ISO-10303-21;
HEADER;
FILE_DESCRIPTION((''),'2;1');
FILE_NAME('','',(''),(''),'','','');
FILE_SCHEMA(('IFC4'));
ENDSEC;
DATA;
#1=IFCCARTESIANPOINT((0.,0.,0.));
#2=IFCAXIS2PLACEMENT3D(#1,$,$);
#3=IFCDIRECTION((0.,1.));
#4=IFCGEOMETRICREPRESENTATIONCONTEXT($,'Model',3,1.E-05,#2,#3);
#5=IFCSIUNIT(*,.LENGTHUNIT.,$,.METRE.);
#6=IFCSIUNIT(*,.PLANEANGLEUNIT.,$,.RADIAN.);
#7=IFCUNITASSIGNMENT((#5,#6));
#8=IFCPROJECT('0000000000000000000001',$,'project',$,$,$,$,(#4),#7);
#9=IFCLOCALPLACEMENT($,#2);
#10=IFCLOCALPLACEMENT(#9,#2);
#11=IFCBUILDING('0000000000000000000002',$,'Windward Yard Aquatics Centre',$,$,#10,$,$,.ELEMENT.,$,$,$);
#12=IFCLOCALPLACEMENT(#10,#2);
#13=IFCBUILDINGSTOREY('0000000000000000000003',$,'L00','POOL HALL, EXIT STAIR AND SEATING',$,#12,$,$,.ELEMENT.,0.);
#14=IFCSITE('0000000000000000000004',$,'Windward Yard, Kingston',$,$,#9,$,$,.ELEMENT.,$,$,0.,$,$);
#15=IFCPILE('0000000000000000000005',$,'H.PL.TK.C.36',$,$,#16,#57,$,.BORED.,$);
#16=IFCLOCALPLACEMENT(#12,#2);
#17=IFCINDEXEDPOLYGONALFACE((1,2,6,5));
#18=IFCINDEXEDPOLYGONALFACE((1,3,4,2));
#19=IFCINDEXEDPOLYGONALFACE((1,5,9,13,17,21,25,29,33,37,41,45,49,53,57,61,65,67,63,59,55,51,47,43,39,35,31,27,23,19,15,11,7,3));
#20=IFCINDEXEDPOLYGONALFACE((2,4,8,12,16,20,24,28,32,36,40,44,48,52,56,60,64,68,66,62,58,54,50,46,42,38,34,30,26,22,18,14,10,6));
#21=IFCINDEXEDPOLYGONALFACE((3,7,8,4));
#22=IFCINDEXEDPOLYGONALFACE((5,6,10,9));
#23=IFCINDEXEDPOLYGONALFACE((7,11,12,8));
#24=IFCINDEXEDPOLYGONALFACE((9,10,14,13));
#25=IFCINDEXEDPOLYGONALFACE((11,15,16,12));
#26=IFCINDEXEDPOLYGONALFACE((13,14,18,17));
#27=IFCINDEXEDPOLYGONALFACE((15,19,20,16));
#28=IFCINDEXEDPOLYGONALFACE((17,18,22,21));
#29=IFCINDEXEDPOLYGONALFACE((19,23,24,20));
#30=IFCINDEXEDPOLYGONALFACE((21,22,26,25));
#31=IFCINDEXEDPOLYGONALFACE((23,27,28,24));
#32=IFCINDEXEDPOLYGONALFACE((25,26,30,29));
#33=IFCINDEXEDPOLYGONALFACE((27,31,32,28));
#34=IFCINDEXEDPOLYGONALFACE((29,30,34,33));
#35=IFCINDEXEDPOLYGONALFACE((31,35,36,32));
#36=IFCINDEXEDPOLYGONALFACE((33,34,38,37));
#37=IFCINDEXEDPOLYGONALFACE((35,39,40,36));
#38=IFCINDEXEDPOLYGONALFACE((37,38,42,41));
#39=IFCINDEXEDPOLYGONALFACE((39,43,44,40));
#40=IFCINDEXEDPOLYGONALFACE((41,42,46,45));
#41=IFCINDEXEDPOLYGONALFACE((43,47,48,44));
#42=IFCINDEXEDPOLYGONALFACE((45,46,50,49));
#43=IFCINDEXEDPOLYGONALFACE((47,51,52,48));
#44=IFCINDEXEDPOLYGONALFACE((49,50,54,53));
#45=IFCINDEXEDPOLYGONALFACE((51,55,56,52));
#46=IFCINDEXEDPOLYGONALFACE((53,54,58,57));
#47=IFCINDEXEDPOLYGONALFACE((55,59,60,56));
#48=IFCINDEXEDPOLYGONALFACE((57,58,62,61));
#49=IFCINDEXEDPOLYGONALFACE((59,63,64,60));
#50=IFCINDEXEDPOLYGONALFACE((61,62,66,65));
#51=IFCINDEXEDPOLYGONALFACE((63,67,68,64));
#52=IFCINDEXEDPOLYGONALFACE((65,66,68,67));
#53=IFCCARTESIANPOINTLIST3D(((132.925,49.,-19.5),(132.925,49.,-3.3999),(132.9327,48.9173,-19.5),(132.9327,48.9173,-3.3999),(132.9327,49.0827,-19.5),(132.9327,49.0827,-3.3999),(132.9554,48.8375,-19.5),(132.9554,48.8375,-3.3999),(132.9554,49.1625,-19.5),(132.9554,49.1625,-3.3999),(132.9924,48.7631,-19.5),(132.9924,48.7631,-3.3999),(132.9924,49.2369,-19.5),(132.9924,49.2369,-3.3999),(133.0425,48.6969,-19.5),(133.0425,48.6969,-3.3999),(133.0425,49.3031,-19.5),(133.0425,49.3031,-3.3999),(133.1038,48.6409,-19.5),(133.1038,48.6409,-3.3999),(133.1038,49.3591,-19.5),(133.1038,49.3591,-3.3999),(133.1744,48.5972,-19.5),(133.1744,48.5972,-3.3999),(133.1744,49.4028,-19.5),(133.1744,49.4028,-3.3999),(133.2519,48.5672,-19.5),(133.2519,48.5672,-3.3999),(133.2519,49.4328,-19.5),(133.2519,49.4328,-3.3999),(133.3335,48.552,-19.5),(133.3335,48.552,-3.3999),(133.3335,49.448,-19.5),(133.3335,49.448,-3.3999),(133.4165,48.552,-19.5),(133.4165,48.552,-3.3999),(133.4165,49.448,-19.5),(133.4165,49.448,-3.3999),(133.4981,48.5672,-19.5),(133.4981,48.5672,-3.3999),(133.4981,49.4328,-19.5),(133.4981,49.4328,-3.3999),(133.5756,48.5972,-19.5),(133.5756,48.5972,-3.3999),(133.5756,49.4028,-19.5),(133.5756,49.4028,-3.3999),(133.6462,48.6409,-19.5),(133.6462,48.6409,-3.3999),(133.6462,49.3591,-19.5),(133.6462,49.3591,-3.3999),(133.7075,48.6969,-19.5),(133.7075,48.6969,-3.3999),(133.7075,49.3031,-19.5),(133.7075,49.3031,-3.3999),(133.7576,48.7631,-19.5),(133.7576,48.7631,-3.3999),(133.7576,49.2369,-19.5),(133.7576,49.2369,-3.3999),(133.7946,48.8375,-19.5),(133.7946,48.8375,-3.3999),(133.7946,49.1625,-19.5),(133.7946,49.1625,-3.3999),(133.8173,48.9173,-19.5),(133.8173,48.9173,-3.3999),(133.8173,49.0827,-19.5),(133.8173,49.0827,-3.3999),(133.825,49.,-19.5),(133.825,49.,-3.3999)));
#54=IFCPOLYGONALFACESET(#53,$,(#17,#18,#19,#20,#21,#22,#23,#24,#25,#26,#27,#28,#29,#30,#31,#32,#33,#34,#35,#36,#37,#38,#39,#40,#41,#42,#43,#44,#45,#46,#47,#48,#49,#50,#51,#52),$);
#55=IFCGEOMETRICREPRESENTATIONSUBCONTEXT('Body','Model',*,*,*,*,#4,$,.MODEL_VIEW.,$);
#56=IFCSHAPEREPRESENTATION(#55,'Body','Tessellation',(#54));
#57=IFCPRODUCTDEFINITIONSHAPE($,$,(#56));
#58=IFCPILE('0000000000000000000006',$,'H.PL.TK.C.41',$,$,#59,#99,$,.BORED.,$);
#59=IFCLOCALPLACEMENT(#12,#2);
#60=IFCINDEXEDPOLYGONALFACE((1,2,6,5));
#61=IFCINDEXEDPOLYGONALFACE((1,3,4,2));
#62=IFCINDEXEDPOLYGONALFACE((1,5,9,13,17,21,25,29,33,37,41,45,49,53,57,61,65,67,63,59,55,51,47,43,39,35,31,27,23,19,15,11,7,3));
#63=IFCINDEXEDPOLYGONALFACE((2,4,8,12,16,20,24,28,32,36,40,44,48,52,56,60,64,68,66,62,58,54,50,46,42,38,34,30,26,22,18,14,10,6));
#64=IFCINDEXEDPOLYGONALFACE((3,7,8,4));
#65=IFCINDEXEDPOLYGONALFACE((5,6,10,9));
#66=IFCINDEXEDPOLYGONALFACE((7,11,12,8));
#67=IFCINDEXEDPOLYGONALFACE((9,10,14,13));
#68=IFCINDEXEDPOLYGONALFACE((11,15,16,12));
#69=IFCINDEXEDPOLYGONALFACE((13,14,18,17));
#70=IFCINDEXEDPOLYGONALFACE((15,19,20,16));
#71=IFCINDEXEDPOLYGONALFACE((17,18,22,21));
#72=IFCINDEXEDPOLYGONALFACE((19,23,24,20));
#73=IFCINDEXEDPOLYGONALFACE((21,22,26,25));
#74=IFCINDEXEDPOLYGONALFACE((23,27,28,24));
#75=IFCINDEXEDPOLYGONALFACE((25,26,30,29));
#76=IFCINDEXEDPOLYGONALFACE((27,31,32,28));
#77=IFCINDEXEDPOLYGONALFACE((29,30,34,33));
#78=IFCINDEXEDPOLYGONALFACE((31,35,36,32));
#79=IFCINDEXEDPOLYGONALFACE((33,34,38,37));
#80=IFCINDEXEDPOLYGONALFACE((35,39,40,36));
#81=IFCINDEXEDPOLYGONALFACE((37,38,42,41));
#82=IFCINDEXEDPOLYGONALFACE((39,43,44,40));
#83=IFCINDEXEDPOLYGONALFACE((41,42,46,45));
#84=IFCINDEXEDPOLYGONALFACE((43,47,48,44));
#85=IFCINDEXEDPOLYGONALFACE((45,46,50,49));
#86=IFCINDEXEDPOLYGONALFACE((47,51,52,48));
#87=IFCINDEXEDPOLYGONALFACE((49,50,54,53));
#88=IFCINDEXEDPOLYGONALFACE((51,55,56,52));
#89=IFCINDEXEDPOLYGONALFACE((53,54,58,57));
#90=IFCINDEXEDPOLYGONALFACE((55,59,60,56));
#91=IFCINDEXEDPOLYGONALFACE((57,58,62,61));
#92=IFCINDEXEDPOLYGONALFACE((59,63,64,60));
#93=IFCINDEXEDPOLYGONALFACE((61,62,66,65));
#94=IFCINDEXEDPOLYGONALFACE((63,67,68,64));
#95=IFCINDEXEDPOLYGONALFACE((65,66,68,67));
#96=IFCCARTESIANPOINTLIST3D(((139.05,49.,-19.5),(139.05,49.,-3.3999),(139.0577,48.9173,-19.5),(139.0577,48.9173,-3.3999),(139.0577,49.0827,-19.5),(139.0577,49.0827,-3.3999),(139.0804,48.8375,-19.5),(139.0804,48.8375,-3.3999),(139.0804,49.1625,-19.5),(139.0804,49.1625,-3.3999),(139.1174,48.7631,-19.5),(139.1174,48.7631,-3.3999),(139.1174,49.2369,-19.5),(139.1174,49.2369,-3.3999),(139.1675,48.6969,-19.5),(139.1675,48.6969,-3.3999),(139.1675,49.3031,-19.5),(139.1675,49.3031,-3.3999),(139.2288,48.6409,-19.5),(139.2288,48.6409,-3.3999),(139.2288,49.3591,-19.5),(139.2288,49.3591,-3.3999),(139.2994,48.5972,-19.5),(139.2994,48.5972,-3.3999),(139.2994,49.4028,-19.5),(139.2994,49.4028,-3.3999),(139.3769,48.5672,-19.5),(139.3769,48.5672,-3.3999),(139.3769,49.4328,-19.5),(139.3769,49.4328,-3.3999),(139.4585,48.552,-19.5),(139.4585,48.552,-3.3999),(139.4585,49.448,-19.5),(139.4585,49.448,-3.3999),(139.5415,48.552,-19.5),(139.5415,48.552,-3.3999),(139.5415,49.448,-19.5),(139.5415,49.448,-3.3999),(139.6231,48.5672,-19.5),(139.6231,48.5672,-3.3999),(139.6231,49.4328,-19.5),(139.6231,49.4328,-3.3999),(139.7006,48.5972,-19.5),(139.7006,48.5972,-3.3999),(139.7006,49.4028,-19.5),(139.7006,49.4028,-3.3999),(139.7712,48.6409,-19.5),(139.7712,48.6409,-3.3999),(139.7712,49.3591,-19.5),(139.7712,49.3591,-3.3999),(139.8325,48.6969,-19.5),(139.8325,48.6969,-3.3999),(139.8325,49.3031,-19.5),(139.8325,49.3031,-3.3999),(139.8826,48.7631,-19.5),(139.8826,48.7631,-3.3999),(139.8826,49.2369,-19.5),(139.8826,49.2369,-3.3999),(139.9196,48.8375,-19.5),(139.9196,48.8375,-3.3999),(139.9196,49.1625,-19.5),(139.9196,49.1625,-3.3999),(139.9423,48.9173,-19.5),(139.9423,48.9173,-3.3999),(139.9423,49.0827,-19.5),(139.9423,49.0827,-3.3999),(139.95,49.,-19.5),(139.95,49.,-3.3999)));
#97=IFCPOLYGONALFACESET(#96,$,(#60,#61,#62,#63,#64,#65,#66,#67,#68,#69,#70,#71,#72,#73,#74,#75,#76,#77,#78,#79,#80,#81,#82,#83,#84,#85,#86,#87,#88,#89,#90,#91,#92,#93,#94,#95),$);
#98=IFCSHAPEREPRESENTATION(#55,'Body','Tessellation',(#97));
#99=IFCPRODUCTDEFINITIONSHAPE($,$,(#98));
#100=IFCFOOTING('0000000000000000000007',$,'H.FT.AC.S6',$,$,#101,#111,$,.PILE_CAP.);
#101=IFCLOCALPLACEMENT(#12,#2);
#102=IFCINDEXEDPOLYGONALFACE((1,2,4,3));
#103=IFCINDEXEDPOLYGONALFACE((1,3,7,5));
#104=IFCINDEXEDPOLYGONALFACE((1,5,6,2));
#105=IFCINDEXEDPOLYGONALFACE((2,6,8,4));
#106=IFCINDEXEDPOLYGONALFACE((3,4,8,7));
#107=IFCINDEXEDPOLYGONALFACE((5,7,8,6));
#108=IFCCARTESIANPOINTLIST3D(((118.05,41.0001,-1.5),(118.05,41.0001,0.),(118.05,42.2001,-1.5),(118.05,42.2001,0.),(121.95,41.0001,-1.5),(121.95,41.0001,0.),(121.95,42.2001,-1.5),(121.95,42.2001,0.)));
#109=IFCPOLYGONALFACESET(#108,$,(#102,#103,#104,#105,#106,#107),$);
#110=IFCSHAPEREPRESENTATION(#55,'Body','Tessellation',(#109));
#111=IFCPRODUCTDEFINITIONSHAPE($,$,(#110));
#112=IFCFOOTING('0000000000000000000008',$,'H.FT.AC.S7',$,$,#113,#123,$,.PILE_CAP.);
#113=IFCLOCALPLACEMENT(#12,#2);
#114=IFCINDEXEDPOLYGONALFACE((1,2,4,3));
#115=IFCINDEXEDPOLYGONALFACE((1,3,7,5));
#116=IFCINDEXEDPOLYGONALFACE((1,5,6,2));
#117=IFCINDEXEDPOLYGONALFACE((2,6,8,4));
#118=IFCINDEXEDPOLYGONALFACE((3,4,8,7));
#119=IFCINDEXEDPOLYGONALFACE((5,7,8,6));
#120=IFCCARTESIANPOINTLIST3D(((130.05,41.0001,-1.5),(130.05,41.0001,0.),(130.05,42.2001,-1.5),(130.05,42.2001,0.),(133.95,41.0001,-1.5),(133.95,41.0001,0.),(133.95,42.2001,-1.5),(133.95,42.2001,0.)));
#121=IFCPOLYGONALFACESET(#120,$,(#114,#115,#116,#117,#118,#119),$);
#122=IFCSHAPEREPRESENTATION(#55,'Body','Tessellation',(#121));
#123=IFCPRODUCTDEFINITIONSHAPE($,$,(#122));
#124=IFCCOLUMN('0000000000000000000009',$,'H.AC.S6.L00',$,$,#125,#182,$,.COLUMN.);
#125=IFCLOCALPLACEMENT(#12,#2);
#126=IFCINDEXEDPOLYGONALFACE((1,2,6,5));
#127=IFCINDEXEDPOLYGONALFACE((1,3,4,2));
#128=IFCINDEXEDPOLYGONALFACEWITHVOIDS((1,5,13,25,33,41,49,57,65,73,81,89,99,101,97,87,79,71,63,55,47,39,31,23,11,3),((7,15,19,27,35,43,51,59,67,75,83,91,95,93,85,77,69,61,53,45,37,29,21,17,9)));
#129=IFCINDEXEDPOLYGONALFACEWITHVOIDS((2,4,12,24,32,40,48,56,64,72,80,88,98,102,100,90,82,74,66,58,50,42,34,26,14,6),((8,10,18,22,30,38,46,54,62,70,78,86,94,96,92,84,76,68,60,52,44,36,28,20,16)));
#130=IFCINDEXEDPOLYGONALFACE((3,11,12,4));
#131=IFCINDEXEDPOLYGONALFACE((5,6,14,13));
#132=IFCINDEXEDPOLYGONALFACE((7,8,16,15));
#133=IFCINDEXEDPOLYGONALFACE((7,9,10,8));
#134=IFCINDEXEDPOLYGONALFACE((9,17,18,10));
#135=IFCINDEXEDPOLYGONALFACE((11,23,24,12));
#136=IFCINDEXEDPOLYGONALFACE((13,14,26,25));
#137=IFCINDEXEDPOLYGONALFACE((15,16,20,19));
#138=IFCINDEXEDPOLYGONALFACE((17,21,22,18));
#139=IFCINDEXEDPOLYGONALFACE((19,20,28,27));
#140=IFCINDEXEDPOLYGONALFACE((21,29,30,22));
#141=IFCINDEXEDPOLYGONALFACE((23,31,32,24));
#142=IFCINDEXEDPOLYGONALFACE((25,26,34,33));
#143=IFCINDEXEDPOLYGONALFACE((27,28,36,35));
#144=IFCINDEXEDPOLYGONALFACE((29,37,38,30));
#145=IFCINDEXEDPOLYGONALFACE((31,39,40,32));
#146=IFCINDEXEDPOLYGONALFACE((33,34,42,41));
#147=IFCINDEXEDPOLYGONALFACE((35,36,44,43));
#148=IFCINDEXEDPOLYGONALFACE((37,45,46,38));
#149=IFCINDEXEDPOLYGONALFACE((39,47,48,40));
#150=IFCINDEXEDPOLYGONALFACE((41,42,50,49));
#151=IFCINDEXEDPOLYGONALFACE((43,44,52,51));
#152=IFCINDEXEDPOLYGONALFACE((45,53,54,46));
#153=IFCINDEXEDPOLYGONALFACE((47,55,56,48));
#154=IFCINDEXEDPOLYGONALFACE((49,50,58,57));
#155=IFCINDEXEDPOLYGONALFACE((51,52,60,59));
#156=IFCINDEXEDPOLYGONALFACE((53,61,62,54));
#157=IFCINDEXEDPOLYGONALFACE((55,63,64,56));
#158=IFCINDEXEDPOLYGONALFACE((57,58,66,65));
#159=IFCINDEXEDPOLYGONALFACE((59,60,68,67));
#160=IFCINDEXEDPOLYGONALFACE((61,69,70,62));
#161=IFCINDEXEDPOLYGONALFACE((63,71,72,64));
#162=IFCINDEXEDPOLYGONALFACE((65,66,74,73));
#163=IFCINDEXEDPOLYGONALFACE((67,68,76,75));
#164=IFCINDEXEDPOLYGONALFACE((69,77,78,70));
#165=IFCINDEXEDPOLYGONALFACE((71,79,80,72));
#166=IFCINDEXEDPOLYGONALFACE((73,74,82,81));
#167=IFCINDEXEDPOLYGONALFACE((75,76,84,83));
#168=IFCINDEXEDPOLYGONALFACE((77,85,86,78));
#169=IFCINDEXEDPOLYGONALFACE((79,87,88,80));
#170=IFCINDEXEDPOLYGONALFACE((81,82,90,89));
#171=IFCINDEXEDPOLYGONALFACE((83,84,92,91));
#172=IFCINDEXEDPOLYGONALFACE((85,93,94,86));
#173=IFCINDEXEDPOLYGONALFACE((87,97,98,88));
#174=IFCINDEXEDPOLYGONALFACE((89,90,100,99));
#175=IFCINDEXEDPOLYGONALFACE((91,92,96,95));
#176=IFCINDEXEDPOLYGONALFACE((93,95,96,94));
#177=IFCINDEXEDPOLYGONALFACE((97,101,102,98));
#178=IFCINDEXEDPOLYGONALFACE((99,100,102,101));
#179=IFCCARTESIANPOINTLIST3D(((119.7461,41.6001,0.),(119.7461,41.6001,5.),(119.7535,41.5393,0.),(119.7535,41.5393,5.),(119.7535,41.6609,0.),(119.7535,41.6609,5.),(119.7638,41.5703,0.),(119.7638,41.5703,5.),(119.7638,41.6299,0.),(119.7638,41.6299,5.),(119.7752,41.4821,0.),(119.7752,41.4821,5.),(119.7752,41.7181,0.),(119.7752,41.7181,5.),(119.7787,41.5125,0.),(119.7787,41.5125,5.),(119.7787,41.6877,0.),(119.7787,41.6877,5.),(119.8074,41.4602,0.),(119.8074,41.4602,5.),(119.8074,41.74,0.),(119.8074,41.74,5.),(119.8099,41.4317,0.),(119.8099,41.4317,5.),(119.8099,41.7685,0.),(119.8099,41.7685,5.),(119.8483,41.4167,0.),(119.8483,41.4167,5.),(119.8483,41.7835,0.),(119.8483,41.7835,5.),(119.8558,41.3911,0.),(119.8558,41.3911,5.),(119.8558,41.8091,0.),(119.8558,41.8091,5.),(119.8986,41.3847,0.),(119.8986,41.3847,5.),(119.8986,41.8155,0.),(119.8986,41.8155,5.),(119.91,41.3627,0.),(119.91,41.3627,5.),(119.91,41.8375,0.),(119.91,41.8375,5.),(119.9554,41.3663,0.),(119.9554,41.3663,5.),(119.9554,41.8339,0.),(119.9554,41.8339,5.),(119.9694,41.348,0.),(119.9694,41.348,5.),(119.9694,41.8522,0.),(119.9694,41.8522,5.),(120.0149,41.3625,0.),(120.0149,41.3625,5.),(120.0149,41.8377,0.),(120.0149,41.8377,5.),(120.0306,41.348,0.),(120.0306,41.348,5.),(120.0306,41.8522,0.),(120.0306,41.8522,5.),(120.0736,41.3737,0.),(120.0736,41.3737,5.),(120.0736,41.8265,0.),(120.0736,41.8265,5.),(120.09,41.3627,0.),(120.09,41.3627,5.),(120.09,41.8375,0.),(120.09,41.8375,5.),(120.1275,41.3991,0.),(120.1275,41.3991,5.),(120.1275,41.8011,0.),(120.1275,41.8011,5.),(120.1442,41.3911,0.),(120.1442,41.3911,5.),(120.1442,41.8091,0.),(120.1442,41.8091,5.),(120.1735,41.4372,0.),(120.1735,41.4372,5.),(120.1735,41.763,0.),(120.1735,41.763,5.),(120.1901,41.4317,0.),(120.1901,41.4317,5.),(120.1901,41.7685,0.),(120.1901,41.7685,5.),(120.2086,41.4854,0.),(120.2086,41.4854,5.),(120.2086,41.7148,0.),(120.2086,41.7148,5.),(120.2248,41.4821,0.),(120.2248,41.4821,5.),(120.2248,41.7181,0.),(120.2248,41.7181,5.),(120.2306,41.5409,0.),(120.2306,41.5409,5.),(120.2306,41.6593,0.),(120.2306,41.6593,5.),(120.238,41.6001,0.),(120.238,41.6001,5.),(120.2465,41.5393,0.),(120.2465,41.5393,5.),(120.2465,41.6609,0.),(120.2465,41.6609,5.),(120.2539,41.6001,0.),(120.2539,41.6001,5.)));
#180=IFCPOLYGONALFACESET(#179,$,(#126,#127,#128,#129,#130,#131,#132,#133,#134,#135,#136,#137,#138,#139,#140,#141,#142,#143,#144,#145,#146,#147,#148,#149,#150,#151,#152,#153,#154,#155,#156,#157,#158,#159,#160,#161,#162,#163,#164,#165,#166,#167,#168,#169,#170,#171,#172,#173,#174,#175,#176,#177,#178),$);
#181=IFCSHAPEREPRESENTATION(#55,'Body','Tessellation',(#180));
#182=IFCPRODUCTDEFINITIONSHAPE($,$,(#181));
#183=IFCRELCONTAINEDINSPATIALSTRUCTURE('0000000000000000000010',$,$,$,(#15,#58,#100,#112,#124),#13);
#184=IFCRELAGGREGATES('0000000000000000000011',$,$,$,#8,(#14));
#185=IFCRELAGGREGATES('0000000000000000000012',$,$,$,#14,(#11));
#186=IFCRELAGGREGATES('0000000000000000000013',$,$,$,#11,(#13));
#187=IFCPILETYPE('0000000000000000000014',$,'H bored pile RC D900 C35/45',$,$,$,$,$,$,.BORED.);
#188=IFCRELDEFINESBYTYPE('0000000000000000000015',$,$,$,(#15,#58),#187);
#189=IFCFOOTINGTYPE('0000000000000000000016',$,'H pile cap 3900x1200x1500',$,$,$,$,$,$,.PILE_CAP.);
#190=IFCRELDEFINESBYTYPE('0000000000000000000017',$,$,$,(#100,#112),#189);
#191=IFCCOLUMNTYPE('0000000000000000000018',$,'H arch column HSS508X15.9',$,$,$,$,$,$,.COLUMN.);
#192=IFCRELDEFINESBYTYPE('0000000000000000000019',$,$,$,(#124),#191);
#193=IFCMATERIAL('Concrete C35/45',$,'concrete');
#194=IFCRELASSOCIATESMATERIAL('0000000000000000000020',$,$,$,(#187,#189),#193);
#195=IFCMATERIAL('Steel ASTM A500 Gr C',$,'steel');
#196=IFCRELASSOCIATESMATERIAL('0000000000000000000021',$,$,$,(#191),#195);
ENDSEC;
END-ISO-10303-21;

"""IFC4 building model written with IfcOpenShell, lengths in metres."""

from ifc_helpers import new_model, si_unit, direction, frame, origin, origin_2d, place, context, subcontext, project, spatial, rectangle, circle, hollow_circle, extrude, material, material_profile, profile_set, type_object, element, save


model = new_model("IFC4")

# Units and contexts
model_context = context("Model", 3, precision=1e-05, world=origin(), true_north=direction((0.0, 1.0)))
body_context = subcontext(model_context, "Body", "Model", "MODEL_VIEW")
ifc_project = project(units=[si_unit("LENGTHUNIT", "METRE"), si_unit("PLANEANGLEUNIT", "RADIAN")], contexts=[model_context])

# Site, building, storey
site_placement = place(None, origin())
site = spatial("IfcSite", under=ifc_project, at=site_placement, Name="Windward Yard, Kingston", CompositionType="ELEMENT", RefElevation=0.0)
building_placement = place(site_placement, origin())
building = spatial("IfcBuilding", under=site, at=building_placement, Name="Windward Yard Aquatics Centre", CompositionType="ELEMENT")
storey_placement = place(building_placement, origin())
storey = spatial("IfcBuildingStorey", under=building, at=storey_placement, Name="L00", Description="POOL HALL, EXIT STAIR AND SEATING", CompositionType="ELEMENT", Elevation=0.0)

# Piles
ifc_material_1 = material(Name="Concrete C35/45", Category="concrete")
ifc_material_profile_1 = material_profile(ifc_material_1, circle(Radius=0.45, at=origin_2d()), Name="RC D900")
ifc_profile_set_1 = profile_set([ifc_material_profile_1], Name="Concrete C35/45")
pile_type = type_object("IfcPileType", Name="H bored pile RC D900 C35/45", PredefinedType="BORED", material=ifc_profile_set_1)
for number, where, z_axis, x_axis, name in (
    (1, (133.375, 49.0, -3.3999), (0.0, 0.0, -1.0), (1.0, 0.0, 0.0), "H.PL.TK.C.36"),
    (2, (139.5, 49.0, -3.3999), (0.0, 0.0, -1.0), (1.0, 0.0, 0.0), "H.PL.TK.C.41"),
):
    element("IfcPile", number, at=place(storey_placement, frame(where, z_axis=z_axis, x_axis=x_axis)), inside=storey, type_object=pile_type, Name=name, PredefinedType="BORED", context=body_context, shape_type="SweptSolid", body=[
        extrude(circle(Radius=0.45, at=origin_2d()), origin(), (0.0, 0.0, 1.0), 16.1001),
    ])

# Footings
footing_type = type_object("IfcFootingType", Name="H pile cap 3900x1200x1500", PredefinedType="PILE_CAP", material=ifc_material_1)
for number, where, z_axis, x_axis, name in (
    (3, (120.0, 41.6001, -1.5), (0.0, 0.0, 1.0), (1.0, 0.0, 0.0), "H.FT.AC.S6"),
    (4, (132.0, 41.6001, -1.5), (0.0, 0.0, 1.0), (1.0, 0.0, 0.0), "H.FT.AC.S7"),
):
    element("IfcFooting", number, at=place(storey_placement, frame(where, z_axis=z_axis, x_axis=x_axis)), inside=storey, type_object=footing_type, Name=name, PredefinedType="PILE_CAP", context=body_context, shape_type="SweptSolid", body=[
        extrude(rectangle(XDim=3.8999, YDim=1.2, at=origin_2d()), origin(), (0.0, 0.0, 1.0), 1.5),
    ])

# Column
ifc_material_2 = material(Name="Steel ASTM A500 Gr C", Category="steel")
ifc_material_profile_2 = material_profile(ifc_material_2, hollow_circle(Radius=0.2539, WallThickness=0.0159, at=origin_2d()), Name="HSS508X15.9")
ifc_profile_set_2 = profile_set([ifc_material_profile_2], Name="Steel ASTM A500 Gr C")
column_type = type_object("IfcColumnType", Name="H arch column HSS508X15.9", PredefinedType="COLUMN", material=ifc_profile_set_2)
for number, where, z_axis, x_axis, name in (
    (5, (120.0, 41.6001, 0.0), (0.0, 0.0, 1.0), (1.0, 0.0, 0.0), "H.AC.S6.L00"),
):
    element("IfcColumn", number, at=place(storey_placement, frame(where, z_axis=z_axis, x_axis=x_axis)), inside=storey, type_object=column_type, Name=name, PredefinedType="COLUMN", context=body_context, shape_type="SweptSolid", body=[
        extrude(hollow_circle(Radius=0.2539, WallThickness=0.0159, at=origin_2d()), origin(), (0.0, 0.0, 1.0), 5.0),
    ])

save(model, "model.ifc")
